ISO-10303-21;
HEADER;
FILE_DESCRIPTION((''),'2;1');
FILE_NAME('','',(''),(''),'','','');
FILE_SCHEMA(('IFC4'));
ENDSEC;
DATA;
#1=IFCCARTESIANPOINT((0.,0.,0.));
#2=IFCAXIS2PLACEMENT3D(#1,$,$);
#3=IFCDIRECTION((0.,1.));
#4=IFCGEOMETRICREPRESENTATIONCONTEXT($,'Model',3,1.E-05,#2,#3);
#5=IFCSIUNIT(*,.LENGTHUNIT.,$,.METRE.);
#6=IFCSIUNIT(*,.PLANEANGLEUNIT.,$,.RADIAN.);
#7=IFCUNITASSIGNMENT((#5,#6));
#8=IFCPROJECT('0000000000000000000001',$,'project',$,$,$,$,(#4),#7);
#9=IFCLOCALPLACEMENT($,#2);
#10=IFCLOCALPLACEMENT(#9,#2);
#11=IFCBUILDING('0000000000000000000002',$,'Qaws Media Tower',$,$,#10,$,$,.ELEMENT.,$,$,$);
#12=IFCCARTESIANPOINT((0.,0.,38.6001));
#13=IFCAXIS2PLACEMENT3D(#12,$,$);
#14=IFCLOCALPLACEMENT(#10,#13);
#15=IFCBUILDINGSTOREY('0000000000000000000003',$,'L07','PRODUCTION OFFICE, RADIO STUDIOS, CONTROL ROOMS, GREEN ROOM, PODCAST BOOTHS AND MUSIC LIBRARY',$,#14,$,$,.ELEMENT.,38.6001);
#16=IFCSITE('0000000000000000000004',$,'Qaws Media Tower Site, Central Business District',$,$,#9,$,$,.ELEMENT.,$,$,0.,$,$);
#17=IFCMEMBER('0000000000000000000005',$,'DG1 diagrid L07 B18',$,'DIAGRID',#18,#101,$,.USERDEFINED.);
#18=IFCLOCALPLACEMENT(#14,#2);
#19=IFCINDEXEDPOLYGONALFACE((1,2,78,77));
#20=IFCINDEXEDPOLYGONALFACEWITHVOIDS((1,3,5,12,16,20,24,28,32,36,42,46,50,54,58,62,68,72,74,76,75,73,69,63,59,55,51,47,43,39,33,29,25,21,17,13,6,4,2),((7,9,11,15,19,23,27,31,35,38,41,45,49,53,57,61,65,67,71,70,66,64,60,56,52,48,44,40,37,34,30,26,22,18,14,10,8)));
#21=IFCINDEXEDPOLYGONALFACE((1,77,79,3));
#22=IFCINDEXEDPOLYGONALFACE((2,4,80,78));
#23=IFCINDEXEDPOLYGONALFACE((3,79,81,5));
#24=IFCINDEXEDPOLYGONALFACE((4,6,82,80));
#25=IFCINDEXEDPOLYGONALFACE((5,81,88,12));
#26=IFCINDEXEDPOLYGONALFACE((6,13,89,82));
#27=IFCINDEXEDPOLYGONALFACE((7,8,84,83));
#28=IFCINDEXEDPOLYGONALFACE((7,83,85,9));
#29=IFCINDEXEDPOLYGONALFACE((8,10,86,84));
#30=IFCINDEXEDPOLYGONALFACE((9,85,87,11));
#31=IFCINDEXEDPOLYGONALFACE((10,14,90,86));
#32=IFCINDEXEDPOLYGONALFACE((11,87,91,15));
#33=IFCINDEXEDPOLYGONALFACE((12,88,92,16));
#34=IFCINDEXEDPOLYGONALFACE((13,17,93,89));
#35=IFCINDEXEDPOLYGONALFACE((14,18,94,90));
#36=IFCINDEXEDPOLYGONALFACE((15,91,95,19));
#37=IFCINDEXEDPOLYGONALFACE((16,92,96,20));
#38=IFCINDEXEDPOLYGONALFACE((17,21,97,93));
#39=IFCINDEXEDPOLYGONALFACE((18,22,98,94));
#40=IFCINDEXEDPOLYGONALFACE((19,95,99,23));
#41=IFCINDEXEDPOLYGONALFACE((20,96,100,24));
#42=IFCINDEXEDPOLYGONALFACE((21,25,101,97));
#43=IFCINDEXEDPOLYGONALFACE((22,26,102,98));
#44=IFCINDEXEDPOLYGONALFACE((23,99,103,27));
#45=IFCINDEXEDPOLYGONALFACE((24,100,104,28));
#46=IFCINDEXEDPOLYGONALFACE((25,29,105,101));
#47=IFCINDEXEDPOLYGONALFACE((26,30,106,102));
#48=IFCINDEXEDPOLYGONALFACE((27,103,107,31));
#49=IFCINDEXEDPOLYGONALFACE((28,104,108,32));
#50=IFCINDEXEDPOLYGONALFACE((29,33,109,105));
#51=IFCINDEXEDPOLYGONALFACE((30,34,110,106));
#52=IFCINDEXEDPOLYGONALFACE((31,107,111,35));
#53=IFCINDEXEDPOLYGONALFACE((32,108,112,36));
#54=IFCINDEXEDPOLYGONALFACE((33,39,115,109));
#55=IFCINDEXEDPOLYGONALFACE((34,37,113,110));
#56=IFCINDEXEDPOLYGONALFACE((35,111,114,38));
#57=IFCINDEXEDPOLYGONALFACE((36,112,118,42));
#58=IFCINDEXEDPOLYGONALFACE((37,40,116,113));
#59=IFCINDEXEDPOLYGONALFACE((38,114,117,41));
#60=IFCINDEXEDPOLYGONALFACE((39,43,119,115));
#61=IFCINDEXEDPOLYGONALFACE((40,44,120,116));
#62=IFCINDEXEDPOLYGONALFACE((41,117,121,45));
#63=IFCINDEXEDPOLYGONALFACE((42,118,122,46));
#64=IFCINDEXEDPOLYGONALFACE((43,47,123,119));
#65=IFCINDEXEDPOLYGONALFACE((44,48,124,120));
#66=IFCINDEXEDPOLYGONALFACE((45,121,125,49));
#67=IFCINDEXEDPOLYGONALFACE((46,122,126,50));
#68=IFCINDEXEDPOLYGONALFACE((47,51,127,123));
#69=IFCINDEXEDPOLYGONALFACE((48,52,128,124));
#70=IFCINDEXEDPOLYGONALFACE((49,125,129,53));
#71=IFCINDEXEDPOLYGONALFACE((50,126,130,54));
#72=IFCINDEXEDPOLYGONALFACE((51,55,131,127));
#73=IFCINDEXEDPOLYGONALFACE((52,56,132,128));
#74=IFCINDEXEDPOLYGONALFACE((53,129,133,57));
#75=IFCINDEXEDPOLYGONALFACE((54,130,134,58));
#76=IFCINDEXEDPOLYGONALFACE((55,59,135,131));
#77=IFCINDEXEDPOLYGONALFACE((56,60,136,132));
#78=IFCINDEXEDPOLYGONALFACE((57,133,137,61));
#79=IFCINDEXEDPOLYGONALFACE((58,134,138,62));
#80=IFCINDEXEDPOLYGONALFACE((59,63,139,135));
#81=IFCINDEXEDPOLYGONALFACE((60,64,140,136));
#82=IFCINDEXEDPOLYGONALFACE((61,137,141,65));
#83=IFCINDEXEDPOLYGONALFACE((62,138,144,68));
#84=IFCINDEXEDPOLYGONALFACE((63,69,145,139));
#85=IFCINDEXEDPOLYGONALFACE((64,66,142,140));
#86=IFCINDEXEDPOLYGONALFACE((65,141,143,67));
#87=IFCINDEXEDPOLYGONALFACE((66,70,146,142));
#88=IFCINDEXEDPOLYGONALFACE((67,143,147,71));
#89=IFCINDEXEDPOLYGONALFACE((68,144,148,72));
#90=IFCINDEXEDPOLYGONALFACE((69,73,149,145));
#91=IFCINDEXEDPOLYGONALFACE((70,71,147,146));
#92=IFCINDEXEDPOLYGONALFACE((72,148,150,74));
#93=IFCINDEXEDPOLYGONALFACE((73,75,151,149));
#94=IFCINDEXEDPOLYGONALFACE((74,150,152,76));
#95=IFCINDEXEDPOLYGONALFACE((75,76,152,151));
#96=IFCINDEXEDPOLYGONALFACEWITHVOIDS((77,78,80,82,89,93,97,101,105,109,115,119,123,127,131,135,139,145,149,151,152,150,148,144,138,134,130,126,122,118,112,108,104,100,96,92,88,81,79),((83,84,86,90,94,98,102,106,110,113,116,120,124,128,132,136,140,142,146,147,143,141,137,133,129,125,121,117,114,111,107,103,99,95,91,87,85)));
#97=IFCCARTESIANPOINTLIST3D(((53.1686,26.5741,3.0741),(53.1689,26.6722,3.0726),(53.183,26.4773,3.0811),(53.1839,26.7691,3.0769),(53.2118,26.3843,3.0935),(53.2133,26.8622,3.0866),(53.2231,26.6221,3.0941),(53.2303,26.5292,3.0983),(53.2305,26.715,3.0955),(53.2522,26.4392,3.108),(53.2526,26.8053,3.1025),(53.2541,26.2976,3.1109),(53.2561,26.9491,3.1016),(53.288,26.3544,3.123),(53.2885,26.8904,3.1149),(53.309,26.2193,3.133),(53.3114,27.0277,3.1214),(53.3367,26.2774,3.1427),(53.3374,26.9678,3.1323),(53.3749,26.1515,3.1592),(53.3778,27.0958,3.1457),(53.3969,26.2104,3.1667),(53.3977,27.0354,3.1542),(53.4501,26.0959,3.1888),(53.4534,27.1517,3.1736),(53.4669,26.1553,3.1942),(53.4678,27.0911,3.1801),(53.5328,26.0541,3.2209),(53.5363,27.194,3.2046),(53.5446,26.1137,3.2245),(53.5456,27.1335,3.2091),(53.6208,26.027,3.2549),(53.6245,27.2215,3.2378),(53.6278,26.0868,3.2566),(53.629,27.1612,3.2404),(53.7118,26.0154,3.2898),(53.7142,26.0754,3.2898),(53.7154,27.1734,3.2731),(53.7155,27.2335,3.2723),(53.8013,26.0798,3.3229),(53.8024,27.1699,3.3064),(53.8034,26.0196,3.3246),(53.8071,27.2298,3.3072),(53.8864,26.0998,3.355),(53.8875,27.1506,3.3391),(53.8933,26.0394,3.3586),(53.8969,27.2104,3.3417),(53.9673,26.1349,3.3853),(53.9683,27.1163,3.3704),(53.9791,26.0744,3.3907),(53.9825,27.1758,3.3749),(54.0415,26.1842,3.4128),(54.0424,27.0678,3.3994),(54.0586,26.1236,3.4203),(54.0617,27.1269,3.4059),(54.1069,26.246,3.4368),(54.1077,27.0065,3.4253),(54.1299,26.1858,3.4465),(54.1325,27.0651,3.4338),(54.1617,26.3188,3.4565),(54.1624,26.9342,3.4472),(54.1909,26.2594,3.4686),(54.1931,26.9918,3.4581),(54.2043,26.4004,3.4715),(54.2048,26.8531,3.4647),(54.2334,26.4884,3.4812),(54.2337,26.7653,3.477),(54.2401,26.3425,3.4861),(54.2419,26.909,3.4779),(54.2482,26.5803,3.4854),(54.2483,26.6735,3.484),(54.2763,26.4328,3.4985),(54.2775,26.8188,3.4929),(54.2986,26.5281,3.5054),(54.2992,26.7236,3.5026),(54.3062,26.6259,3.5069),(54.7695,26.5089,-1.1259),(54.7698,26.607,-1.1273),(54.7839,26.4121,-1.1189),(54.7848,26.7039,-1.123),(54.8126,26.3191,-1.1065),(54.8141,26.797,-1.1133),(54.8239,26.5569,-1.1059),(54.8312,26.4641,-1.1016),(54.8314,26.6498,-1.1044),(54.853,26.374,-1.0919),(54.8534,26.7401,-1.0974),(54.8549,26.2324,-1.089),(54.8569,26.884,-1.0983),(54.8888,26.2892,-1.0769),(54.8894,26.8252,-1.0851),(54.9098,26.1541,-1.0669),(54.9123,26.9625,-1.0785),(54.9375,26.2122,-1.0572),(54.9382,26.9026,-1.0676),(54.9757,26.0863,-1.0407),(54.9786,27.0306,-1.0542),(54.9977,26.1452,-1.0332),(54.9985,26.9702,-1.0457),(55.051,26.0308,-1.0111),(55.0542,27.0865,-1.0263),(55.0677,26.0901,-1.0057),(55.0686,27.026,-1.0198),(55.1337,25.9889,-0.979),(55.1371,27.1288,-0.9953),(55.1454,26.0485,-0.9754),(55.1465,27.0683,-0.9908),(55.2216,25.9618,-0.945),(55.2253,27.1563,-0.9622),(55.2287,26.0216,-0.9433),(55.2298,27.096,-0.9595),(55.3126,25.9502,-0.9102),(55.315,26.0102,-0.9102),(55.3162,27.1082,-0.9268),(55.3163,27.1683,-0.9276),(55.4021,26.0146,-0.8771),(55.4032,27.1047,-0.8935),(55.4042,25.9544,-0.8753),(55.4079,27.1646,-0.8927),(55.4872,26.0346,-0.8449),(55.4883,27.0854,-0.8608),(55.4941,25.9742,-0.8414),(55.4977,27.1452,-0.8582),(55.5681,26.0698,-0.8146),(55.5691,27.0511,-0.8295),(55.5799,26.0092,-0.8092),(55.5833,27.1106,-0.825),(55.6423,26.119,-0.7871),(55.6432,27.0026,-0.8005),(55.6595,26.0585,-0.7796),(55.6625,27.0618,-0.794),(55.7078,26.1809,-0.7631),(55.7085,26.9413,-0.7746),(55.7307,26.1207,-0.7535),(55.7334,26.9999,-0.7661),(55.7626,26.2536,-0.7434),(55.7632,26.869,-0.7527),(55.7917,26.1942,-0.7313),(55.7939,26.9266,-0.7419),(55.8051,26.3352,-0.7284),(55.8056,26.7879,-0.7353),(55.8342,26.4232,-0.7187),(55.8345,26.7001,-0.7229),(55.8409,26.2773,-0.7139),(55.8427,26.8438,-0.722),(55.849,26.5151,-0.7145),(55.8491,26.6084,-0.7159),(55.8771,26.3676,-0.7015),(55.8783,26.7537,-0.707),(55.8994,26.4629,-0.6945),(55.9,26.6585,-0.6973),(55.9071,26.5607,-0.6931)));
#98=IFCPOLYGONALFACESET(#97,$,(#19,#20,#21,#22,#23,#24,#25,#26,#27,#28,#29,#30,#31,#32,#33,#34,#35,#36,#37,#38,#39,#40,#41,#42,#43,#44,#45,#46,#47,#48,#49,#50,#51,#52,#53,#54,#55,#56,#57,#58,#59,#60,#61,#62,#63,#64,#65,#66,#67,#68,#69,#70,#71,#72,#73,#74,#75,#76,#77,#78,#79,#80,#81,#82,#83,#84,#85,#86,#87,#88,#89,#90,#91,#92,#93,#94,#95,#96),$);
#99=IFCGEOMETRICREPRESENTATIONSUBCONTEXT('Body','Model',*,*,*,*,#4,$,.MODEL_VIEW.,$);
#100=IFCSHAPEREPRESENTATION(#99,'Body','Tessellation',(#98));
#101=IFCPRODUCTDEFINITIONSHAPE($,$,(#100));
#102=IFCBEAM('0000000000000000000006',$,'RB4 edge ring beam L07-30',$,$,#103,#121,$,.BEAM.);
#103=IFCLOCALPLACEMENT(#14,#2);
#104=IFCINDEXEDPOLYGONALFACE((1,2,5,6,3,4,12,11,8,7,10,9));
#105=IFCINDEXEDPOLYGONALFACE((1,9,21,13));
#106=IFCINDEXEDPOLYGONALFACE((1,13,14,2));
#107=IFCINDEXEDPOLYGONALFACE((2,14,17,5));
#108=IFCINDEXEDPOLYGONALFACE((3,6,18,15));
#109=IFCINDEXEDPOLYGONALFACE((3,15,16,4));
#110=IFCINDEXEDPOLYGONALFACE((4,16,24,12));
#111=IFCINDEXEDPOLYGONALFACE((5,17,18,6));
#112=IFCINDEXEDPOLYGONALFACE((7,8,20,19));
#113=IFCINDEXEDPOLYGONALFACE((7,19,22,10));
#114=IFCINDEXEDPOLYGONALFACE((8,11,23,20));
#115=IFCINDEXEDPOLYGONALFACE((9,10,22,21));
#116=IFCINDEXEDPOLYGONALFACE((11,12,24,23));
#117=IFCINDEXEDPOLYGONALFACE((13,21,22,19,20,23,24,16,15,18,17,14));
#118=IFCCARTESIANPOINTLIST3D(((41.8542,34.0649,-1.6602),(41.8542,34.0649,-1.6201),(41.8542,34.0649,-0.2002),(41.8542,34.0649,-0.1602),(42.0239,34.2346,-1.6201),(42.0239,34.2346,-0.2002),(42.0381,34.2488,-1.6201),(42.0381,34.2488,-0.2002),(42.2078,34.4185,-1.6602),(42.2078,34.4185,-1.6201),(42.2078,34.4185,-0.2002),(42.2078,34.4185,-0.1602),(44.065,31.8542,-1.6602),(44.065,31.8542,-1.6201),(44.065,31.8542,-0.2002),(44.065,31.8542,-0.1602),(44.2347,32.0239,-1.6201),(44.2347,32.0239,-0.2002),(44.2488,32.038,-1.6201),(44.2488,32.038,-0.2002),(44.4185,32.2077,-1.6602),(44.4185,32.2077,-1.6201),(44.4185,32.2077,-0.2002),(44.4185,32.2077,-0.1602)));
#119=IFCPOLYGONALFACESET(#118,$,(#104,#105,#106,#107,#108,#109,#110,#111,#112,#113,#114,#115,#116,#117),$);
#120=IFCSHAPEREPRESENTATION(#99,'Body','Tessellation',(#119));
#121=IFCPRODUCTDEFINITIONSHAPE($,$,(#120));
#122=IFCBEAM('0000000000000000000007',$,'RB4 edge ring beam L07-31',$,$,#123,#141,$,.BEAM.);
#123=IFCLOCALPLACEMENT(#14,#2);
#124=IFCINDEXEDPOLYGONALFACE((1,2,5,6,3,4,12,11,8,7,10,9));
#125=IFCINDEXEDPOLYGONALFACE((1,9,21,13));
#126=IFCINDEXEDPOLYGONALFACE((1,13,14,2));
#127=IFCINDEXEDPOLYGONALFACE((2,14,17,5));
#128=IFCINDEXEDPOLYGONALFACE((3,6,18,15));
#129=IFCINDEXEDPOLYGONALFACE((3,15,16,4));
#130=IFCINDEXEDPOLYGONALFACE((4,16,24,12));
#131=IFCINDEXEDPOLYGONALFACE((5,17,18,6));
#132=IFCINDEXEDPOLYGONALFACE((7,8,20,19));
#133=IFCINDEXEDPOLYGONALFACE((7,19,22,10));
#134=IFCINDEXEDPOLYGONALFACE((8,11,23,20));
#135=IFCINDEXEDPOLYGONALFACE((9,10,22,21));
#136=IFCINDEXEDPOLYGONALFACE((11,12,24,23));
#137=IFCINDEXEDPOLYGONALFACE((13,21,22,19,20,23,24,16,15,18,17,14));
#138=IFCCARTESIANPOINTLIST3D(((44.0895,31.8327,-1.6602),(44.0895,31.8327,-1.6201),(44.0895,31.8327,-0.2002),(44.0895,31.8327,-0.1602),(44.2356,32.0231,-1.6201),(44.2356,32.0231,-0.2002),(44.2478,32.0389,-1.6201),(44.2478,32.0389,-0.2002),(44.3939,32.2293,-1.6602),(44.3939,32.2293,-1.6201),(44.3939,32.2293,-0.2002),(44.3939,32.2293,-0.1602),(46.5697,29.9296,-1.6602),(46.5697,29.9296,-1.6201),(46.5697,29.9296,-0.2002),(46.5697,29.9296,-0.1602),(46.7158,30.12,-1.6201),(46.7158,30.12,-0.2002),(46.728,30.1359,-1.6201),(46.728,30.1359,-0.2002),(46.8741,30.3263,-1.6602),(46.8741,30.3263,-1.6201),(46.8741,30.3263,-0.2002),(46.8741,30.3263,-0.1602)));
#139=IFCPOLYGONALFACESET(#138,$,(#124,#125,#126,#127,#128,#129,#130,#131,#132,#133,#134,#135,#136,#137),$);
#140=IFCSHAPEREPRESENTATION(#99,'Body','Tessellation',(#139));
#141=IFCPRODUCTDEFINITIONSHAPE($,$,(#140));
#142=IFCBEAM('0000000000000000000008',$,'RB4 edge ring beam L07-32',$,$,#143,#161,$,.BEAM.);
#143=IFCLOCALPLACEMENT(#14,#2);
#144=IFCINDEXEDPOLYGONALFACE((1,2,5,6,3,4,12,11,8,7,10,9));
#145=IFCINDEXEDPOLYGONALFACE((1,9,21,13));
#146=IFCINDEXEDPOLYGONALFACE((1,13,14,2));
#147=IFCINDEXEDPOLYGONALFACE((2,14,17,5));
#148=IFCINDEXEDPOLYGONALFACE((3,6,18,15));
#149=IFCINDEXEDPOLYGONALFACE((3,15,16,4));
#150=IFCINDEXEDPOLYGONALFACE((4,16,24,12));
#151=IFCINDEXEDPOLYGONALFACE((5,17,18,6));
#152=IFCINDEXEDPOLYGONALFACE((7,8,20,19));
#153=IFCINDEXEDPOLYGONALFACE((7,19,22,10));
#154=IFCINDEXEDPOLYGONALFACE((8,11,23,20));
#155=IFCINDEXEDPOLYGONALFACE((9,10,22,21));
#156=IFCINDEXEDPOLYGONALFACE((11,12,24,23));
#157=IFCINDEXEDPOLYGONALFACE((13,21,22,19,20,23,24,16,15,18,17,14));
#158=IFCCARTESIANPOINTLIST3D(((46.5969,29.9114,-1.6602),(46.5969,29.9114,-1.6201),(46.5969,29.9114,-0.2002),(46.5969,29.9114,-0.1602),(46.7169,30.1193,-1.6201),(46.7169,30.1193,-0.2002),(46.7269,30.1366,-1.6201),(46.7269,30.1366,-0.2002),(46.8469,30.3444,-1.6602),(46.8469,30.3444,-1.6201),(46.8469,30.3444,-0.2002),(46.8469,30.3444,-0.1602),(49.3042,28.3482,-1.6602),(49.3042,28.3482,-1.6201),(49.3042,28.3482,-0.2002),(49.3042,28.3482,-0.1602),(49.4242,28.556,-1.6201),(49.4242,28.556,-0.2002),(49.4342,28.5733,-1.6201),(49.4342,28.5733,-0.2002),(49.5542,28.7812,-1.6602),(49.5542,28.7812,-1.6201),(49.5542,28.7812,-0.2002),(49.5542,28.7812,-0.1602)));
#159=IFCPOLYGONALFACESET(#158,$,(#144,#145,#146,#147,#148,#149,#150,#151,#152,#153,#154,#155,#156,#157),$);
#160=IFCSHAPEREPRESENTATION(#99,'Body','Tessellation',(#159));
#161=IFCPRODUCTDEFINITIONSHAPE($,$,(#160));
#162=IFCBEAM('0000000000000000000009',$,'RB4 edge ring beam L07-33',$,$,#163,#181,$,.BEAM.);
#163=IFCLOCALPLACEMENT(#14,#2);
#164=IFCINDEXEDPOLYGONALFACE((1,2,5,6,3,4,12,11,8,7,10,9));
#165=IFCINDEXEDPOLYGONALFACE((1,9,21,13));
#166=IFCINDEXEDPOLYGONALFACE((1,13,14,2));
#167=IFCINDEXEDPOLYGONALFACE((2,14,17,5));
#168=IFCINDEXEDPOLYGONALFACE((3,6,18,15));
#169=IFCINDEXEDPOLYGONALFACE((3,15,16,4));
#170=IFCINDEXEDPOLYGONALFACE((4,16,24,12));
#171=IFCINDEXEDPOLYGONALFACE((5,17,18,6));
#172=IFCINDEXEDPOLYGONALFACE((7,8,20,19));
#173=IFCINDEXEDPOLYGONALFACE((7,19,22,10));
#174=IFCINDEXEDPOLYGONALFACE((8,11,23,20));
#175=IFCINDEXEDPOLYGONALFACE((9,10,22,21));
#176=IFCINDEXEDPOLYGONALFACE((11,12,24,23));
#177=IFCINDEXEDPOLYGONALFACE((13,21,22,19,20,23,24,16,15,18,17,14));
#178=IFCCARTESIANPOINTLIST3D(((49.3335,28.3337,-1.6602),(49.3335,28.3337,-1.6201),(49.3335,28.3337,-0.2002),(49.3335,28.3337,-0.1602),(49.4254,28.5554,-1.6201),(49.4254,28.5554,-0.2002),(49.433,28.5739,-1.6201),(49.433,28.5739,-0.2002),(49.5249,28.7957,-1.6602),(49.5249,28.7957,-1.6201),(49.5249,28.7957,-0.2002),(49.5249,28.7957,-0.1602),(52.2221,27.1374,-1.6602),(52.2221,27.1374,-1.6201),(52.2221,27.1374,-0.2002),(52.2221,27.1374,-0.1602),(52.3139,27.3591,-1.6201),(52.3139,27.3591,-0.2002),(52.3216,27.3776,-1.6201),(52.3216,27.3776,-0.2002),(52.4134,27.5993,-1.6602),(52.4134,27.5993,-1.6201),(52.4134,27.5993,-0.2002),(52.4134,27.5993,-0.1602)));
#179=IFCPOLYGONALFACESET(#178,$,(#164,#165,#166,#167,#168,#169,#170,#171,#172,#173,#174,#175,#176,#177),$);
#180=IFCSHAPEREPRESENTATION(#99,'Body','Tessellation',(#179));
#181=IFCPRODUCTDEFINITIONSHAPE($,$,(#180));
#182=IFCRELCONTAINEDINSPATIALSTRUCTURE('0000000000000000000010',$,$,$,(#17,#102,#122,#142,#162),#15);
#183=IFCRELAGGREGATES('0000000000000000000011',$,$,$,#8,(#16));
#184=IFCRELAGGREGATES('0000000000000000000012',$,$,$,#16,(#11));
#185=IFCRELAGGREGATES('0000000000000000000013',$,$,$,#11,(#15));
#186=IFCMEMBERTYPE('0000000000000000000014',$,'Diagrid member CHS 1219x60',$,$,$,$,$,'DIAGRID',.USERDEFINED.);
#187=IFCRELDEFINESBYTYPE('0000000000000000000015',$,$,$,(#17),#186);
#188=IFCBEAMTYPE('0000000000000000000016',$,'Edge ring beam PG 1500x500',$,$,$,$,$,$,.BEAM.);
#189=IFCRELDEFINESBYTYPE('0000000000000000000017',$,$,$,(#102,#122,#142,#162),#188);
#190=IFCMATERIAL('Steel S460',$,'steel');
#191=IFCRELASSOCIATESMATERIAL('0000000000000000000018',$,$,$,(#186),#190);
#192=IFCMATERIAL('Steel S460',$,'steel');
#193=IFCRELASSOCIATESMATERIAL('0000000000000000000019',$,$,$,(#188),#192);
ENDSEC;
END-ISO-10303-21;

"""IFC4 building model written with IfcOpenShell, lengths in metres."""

from ifc_helpers import new_model, si_unit, direction, frame, origin, origin_2d, place, context, subcontext, project, spatial, hollow_circle, i_section, extrude, material, material_profile, profile_set, type_object, element, save


model = new_model("IFC4")

# Units and contexts
model_context = context("Model", 3, precision=1e-05, world=origin(), true_north=direction((0.0, 1.0)))
body_context = subcontext(model_context, "Body", "Model", "MODEL_VIEW")
ifc_project = project(units=[si_unit("LENGTHUNIT", "METRE"), si_unit("PLANEANGLEUNIT", "RADIAN")], contexts=[model_context])

# Site, building, storey
site_placement = place(None, origin())
site = spatial("IfcSite", under=ifc_project, at=site_placement, Name="Qaws Media Tower Site, Central Business District", CompositionType="ELEMENT", RefElevation=0.0)
building_placement = place(site_placement, origin())
building = spatial("IfcBuilding", under=site, at=building_placement, Name="Qaws Media Tower", CompositionType="ELEMENT")
storey_placement = place(building_placement, frame((0.0, 0.0, 38.6001)))
storey = spatial("IfcBuildingStorey", under=building, at=storey_placement, Name="L07", Description="PRODUCTION OFFICE, RADIO STUDIOS, CONTROL ROOMS, GREEN ROOM, PODCAST BOOTHS AND MUSIC LIBRARY", CompositionType="ELEMENT", Elevation=38.6001)

# Member
ifc_material_1 = material(Name="Steel S460", Category="steel")
ifc_material_profile_1 = material_profile(ifc_material_1, hollow_circle(Radius=0.6096, WallThickness=0.0601, at=origin_2d()), Name="CHS 1219x60")
ifc_profile_set_1 = profile_set([ifc_material_profile_1], Name="Steel S460")
member_type_1 = type_object("IfcMemberType", Name="Diagrid member CHS 1219x60", ElementType="DIAGRID", PredefinedType="USERDEFINED", material=ifc_profile_set_1)
for number, where, z_axis, x_axis, name in (
    (1, (55.3374, 26.5593, -0.9102), (-0.356123, 0.014501, 0.934327), (-0.040686, -0.999172, 0.0), "DG1 diagrid L07 B18"),
):
    element("IfcMember", number, at=place(storey_placement, frame(where, z_axis=z_axis, x_axis=x_axis)), inside=storey, type_object=member_type_1, Name=name, ObjectType="DIAGRID", PredefinedType="USERDEFINED", context=body_context, shape_type="SweptSolid", body=[
        extrude(hollow_circle(Radius=0.6096, WallThickness=0.0601, at=origin_2d()), origin(), (0.0, 0.0, 1.0), 4.4951),
    ])

# Beams
ifc_material_2 = material(Name="Steel S460", Category="steel")
ifc_material_profile_2 = material_profile(ifc_material_2, i_section(OverallWidth=0.5, OverallDepth=1.5, WebThickness=0.02, FlangeThickness=0.04, at=origin_2d()), Name="PG 1500x500")
ifc_profile_set_2 = profile_set([ifc_material_profile_2], Name="Steel S460")
beam_type = type_object("IfcBeamType", Name="Edge ring beam PG 1500x500", PredefinedType="BEAM", material=ifc_profile_set_2)
beam_1_placement = place(storey_placement, frame((42.031, 34.2417, -0.9102), z_axis=(0.707107, -0.707107, 0.0), x_axis=(0.707107, 0.707107, 0.0)))
element("IfcBeam", 2, at=beam_1_placement, inside=storey, type_object=beam_type, Name="RB4 edge ring beam L07-30", PredefinedType="BEAM", context=body_context, shape_type="SweptSolid", body=[
    extrude(i_section(OverallWidth=0.5, OverallDepth=1.5, WebThickness=0.02, FlangeThickness=0.04, at=origin_2d()), origin(), (0.0, 0.0, 1.0), 3.1265),
])
for number, where, z_axis, x_axis, name in (
    (3, (44.2417, 32.031, -0.9102), (0.793364, -0.608748, 0.0), (0.608748, 0.793364, 0.0), "RB4 edge ring beam L07-31"),
    (4, (46.7219, 30.1279, -0.9102), (0.866, -0.500045, 0.0), (0.500045, 0.866, 0.0), "RB4 edge ring beam L07-32"),
):
    element("IfcBeam", number, at=place(storey_placement, frame(where, z_axis=z_axis, x_axis=x_axis)), inside=storey, type_object=beam_type, Name=name, PredefinedType="BEAM", context=body_context, shape_type="SweptSolid", body=[
        extrude(i_section(OverallWidth=0.5, OverallDepth=1.5, WebThickness=0.02, FlangeThickness=0.04, at=origin_2d()), origin(), (0.0, 0.0, 1.0), 3.1262),
    ])
beam_2_placement = place(storey_placement, frame((49.4292, 28.5647, -0.9102), z_axis=(0.923895, -0.382646, 0.0), x_axis=(0.382646, 0.923895, 0.0)))
element("IfcBeam", 5, at=beam_2_placement, inside=storey, type_object=beam_type, Name="RB4 edge ring beam L07-33", PredefinedType="BEAM", context=body_context, shape_type="SweptSolid", body=[
    extrude(i_section(OverallWidth=0.5, OverallDepth=1.5, WebThickness=0.02, FlangeThickness=0.04, at=origin_2d()), origin(), (0.0, 0.0, 1.0), 3.1265),
])

save(model, "model.ifc")
